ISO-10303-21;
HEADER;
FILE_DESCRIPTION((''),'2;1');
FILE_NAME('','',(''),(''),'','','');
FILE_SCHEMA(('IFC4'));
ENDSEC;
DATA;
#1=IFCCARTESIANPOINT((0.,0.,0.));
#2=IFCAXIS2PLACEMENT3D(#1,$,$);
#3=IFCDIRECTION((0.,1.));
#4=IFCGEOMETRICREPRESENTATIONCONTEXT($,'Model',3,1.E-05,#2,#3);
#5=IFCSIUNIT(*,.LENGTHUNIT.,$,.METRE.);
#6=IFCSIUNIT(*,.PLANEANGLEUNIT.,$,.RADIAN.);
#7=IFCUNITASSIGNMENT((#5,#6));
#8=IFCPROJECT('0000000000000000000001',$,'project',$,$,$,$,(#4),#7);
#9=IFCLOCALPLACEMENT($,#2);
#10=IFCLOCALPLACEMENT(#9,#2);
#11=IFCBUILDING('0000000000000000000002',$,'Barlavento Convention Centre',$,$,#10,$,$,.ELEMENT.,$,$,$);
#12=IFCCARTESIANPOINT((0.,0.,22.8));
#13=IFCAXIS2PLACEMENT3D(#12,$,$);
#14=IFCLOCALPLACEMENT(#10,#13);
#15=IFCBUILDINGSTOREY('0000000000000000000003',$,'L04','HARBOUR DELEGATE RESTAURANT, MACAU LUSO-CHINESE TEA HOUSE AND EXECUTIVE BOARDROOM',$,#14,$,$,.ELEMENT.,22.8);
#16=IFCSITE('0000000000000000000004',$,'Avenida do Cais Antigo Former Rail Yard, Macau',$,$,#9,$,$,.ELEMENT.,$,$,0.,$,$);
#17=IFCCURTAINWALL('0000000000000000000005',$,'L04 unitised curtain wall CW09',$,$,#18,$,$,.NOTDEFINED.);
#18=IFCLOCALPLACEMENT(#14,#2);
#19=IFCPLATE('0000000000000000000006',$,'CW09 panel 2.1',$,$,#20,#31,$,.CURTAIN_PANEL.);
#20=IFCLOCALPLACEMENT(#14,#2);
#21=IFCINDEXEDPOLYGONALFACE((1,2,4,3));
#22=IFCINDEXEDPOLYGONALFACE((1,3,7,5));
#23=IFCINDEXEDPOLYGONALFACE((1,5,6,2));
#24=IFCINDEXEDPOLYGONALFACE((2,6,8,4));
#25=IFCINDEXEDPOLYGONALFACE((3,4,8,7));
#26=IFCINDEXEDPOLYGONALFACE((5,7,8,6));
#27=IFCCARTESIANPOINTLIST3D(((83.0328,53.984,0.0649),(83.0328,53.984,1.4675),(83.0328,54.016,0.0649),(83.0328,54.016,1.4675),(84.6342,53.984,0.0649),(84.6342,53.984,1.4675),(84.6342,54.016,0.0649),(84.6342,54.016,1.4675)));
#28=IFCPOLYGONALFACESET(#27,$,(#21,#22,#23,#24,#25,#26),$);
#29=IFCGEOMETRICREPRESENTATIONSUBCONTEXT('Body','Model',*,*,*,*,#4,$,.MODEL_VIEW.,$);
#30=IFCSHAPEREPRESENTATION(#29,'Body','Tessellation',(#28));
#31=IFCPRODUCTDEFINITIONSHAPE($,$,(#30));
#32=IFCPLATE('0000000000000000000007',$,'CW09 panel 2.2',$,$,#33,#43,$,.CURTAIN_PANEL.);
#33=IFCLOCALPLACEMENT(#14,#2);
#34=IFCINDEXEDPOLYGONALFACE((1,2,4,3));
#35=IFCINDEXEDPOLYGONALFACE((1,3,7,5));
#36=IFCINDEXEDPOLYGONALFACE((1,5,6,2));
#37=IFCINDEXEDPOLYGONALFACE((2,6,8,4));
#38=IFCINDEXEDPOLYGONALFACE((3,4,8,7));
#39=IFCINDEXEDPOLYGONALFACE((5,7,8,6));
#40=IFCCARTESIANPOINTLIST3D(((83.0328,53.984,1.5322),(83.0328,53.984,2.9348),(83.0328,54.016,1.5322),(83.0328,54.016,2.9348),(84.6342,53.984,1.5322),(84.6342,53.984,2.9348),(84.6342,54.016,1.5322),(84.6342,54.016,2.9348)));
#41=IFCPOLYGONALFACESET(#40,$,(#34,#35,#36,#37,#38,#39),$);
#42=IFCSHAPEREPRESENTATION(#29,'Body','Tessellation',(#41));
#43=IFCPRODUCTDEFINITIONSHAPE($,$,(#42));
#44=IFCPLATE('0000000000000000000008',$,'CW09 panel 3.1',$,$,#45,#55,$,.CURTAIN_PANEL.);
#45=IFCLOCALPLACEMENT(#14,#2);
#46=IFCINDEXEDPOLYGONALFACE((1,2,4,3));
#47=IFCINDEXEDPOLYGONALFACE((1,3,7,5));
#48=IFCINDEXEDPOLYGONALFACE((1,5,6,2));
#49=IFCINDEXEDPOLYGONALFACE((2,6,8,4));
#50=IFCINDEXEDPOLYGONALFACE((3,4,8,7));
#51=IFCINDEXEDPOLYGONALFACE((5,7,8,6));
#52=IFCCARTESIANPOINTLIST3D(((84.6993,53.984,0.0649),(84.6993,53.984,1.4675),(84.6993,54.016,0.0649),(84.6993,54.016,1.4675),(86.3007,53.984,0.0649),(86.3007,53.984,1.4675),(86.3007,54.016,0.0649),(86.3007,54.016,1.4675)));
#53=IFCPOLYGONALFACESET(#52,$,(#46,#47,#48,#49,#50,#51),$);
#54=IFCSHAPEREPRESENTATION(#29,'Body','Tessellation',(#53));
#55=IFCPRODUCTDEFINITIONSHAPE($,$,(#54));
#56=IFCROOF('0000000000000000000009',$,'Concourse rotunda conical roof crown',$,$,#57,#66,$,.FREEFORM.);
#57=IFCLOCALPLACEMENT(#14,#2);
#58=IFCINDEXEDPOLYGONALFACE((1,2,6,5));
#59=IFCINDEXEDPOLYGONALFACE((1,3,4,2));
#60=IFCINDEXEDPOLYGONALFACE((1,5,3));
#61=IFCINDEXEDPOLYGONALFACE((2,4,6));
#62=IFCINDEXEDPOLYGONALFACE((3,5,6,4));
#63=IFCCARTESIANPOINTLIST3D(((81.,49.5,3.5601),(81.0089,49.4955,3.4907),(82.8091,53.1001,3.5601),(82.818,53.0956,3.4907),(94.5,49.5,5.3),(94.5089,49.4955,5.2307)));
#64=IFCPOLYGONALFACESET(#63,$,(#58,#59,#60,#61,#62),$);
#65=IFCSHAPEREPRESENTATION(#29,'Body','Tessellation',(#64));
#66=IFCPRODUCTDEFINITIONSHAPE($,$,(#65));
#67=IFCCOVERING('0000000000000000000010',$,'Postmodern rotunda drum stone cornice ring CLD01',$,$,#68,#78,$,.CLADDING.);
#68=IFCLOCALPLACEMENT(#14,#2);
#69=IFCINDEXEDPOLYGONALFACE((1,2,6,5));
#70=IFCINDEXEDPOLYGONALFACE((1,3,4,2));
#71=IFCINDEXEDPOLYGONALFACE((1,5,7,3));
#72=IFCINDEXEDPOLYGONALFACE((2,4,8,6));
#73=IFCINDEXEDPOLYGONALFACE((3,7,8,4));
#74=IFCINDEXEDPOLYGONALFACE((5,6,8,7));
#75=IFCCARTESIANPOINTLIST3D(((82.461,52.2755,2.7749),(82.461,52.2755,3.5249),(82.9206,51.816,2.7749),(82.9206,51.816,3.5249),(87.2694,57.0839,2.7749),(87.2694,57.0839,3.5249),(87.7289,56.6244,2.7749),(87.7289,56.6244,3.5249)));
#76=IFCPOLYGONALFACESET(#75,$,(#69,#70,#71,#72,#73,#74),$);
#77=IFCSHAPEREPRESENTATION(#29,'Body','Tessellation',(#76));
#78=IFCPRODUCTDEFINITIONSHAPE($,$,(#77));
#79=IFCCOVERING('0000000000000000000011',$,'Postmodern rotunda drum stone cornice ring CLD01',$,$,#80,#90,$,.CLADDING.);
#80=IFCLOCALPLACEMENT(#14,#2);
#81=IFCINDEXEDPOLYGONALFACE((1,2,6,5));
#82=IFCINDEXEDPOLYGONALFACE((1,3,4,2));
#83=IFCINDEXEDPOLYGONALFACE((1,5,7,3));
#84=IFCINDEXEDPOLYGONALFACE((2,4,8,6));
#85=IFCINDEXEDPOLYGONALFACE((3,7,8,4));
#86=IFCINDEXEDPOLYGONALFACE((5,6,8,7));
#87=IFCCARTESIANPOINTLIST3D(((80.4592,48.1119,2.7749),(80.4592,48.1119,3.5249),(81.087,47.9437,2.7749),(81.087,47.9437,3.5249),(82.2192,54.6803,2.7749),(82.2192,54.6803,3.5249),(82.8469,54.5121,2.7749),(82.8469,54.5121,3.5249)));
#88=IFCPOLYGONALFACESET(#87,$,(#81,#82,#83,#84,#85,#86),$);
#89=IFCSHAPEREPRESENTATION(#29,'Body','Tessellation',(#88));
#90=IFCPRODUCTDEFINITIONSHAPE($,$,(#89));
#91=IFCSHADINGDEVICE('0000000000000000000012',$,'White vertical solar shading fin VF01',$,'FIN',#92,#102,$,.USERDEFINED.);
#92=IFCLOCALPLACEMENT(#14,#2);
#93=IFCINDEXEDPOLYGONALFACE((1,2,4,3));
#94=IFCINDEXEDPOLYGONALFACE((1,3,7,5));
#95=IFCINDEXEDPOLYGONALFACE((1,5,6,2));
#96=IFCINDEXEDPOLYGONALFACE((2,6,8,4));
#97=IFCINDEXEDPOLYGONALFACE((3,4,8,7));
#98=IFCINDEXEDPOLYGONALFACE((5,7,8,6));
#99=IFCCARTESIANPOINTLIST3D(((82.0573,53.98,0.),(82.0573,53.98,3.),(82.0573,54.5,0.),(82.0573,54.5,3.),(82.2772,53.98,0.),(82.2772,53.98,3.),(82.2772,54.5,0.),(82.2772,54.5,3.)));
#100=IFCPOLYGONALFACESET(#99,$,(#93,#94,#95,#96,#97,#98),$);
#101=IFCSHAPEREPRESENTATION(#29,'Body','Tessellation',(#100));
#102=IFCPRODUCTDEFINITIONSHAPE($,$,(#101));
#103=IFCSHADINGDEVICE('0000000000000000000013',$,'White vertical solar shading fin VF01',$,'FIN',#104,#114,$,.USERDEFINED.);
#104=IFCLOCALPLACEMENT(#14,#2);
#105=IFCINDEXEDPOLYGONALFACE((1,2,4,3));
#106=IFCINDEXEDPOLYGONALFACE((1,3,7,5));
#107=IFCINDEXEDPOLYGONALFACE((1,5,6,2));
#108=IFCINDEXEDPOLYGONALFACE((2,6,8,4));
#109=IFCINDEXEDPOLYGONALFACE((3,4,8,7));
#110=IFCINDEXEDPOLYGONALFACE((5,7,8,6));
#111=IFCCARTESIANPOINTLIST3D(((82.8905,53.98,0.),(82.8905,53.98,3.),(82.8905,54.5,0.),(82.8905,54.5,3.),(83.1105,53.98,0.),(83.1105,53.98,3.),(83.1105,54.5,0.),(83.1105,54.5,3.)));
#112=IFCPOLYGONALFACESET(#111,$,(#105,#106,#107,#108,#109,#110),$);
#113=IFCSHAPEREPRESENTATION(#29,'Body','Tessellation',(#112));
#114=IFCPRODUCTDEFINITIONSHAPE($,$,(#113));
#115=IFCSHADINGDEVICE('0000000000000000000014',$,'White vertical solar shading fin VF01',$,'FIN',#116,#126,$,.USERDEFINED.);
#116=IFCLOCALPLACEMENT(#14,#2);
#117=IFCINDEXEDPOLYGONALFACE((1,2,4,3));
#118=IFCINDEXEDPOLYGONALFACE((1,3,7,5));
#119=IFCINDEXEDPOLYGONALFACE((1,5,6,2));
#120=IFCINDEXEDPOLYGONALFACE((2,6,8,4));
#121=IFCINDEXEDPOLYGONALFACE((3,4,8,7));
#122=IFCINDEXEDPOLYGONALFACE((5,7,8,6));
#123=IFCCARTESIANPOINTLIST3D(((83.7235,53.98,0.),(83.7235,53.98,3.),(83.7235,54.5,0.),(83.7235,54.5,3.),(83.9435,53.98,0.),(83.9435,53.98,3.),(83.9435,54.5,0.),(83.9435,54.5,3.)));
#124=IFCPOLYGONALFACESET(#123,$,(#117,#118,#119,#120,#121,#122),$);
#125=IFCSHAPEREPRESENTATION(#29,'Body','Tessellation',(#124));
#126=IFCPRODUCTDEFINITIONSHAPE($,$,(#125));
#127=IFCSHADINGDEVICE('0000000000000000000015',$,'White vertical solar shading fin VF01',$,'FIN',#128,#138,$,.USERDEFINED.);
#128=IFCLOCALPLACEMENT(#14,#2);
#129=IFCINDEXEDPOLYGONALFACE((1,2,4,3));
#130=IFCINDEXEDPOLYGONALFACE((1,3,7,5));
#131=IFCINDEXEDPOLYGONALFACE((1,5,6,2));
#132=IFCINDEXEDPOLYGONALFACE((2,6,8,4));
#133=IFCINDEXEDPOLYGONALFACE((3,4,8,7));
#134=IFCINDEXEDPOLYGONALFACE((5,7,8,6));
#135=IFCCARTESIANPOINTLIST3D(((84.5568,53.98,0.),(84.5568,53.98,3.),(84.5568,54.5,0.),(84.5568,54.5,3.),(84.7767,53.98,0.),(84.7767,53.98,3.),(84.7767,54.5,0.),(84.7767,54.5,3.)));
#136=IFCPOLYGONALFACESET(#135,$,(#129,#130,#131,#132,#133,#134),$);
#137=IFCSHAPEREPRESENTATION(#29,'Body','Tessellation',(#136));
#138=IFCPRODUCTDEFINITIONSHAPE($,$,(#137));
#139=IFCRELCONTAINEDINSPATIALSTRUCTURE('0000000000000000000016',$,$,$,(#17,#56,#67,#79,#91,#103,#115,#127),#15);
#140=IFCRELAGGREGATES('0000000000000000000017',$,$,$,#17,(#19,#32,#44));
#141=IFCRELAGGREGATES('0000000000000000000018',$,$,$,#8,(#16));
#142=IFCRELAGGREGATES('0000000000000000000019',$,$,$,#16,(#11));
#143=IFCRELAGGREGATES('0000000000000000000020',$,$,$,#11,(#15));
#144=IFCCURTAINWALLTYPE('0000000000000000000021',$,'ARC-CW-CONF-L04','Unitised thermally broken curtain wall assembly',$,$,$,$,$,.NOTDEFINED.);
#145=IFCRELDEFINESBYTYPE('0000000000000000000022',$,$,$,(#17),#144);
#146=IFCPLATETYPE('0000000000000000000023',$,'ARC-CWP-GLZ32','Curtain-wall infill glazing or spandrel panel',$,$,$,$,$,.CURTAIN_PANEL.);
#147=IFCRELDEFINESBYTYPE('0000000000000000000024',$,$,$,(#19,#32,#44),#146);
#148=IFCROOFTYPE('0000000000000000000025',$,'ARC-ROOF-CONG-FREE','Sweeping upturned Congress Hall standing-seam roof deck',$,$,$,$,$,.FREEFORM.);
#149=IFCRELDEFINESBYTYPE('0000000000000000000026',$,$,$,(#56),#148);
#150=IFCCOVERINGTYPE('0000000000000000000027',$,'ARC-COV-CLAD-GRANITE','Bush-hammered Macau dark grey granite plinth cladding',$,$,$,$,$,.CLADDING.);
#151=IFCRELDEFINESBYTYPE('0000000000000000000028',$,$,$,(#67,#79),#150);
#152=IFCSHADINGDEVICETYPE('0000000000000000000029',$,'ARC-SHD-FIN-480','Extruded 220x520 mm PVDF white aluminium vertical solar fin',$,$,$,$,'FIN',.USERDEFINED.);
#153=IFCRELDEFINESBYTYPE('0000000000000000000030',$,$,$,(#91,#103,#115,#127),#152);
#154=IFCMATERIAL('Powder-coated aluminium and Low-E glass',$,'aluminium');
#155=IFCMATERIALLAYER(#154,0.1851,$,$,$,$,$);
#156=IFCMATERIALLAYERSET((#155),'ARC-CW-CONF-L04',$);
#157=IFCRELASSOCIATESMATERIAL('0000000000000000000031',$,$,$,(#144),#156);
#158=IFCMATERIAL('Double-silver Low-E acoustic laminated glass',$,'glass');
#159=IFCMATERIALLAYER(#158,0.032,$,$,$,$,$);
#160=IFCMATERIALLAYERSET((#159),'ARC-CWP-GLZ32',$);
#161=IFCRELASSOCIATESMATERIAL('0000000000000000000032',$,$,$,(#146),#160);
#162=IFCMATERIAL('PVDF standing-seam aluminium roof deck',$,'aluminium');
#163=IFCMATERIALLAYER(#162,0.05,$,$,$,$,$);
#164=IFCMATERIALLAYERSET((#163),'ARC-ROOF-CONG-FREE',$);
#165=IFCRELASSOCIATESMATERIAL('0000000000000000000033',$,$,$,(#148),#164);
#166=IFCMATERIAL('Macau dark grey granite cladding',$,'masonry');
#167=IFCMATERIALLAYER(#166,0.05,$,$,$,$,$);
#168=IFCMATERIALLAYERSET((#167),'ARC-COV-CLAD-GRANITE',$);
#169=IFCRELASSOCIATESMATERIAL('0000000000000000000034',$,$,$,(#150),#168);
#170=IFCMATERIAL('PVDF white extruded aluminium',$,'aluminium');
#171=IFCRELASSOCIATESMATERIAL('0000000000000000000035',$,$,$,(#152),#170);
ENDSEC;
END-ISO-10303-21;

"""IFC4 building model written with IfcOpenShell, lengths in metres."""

from ifc_helpers import new_model, si_unit, direction, frame, origin, origin_2d, place, context, subcontext, project, spatial, polyline, rectangle, outline, extrude, material, layer, layer_set, type_object, element, aggregate, save


model = new_model("IFC4")

# Units and contexts
model_context = context("Model", 3, precision=1e-05, world=origin(), true_north=direction((0.0, 1.0)))
body_context = subcontext(model_context, "Body", "Model", "MODEL_VIEW")
ifc_project = project(units=[si_unit("LENGTHUNIT", "METRE"), si_unit("PLANEANGLEUNIT", "RADIAN")], contexts=[model_context])

# Site, building, storey
site_placement = place(None, origin())
site = spatial("IfcSite", under=ifc_project, at=site_placement, Name="Avenida do Cais Antigo Former Rail Yard, Macau", CompositionType="ELEMENT", RefElevation=0.0)
building_placement = place(site_placement, origin())
building = spatial("IfcBuilding", under=site, at=building_placement, Name="Barlavento Convention Centre", CompositionType="ELEMENT")
storey_placement = place(building_placement, frame((0.0, 0.0, 22.8)))
storey = spatial("IfcBuildingStorey", under=building, at=storey_placement, Name="L04", Description="HARBOUR DELEGATE RESTAURANT, MACAU LUSO-CHINESE TEA HOUSE AND EXECUTIVE BOARDROOM", CompositionType="ELEMENT", Elevation=22.8)

# Curtain wall, plates
ifc_material_1 = material(Name="Powder-coated aluminium and Low-E glass", Category="aluminium")
ifc_layer_1 = layer(ifc_material_1, 0.1851)
ifc_layer_set_1 = layer_set([ifc_layer_1], Name="ARC-CW-CONF-L04")
curtain_wall_type = type_object("IfcCurtainWallType", Name="ARC-CW-CONF-L04", Description="Unitised thermally broken curtain wall assembly", PredefinedType="NOTDEFINED", material=ifc_layer_set_1)
curtain_wall_placement = place(storey_placement, origin())
curtain_wall = element("IfcCurtainWall", 1, at=curtain_wall_placement, inside=storey, type_object=curtain_wall_type, Name="L04 unitised curtain wall CW09", PredefinedType="NOTDEFINED")
ifc_material_2 = material(Name="Double-silver Low-E acoustic laminated glass", Category="glass")
ifc_layer_2 = layer(ifc_material_2, 0.032)
ifc_layer_set_2 = layer_set([ifc_layer_2], Name="ARC-CWP-GLZ32")
plate_type = type_object("IfcPlateType", Name="ARC-CWP-GLZ32", Description="Curtain-wall infill glazing or spandrel panel", PredefinedType="CURTAIN_PANEL", material=ifc_layer_set_2)
plate_1_placement = place(storey_placement, frame((83.8335, 54.0, 0.0649), z_axis=(0.0, 0.0, 1.0), x_axis=(1.0, 0.0, 0.0)))
plate_1 = element("IfcPlate", 2, at=plate_1_placement, type_object=plate_type, Name="CW09 panel 2.1", PredefinedType="CURTAIN_PANEL", context=body_context, shape_type="SweptSolid", body=[
    extrude(rectangle(XDim=1.6013, YDim=0.032, at=origin_2d()), origin(), (0.0, 0.0, 1.0), 1.4026),
])
plate_2_placement = place(storey_placement, frame((83.8335, 54.0, 1.5322), z_axis=(0.0, 0.0, 1.0), x_axis=(1.0, 0.0, 0.0)))
plate_2 = element("IfcPlate", 3, at=plate_2_placement, type_object=plate_type, Name="CW09 panel 2.2", PredefinedType="CURTAIN_PANEL", context=body_context, shape_type="SweptSolid", body=[
    extrude(rectangle(XDim=1.6013, YDim=0.032, at=origin_2d()), origin(), (0.0, 0.0, 1.0), 1.4026),
])
plate_3_placement = place(storey_placement, frame((85.5, 54.0, 0.0649), z_axis=(0.0, 0.0, 1.0), x_axis=(1.0, 0.0, 0.0)))
plate_3 = element("IfcPlate", 4, at=plate_3_placement, type_object=plate_type, Name="CW09 panel 3.1", PredefinedType="CURTAIN_PANEL", context=body_context, shape_type="SweptSolid", body=[
    extrude(rectangle(XDim=1.6013, YDim=0.032, at=origin_2d()), origin(), (0.0, 0.0, 1.0), 1.4026),
])
aggregate(curtain_wall, [plate_1, plate_2, plate_3])

# Roof
ifc_material_3 = material(Name="PVDF standing-seam aluminium roof deck", Category="aluminium")
ifc_layer_3 = layer(ifc_material_3, 0.05)
ifc_layer_set_3 = layer_set([ifc_layer_3], Name="ARC-ROOF-CONG-FREE")
roof_type = type_object("IfcRoofType", Name="ARC-ROOF-CONG-FREE", Description="Sweeping upturned Congress Hall standing-seam roof deck", PredefinedType="FREEFORM", material=ifc_layer_set_3)
roof_placement = place(storey_placement, frame((82.8091, 53.1001, 3.5601), z_axis=(-0.127568, 0.064104, 0.989756), x_axis=(-0.449006, -0.893529, 0.0)))
element("IfcRoof", 5, at=roof_placement, inside=storey, type_object=roof_type, Name="Concourse rotunda conical roof crown", PredefinedType="FREEFORM", context=body_context, shape_type="SweptSolid", body=[
    extrude(outline(polyline([(0.0, 0.0), (4.0291, 0.0), (-2.0325, 12.1875), (0.0, 0.0)])), origin(), (0.0, 0.0, -1.0), 0.0701),
])

# Coverings
ifc_material_4 = material(Name="Macau dark grey granite cladding", Category="masonry")
ifc_layer_4 = layer(ifc_material_4, 0.05)
ifc_layer_set_4 = layer_set([ifc_layer_4], Name="ARC-COV-CLAD-GRANITE")
covering_type = type_object("IfcCoveringType", Name="ARC-COV-CLAD-GRANITE", Description="Bush-hammered Macau dark grey granite plinth cladding", PredefinedType="CLADDING", material=ifc_layer_set_4)
for number, where, z_axis, x_axis, name in (
    (6, (85.095, 54.45, 2.7749), (0.0, 0.0, 1.0), (-0.707107, -0.707107, 0.0), "Postmodern rotunda drum stone cornice ring CLD01"),
    (7, (81.6531, 51.312, 2.7749), (0.0, 0.0, 1.0), (-0.258819, -0.965926, 0.0), "Postmodern rotunda drum stone cornice ring CLD01"),
):
    element("IfcCovering", number, at=place(storey_placement, frame(where, z_axis=z_axis, x_axis=x_axis)), inside=storey, type_object=covering_type, Name=name, PredefinedType="CLADDING", context=body_context, shape_type="SweptSolid", body=[
        extrude(rectangle(XDim=6.8, YDim=0.6499, at=origin_2d()), origin(), (0.0, 0.0, 1.0), 0.75),
    ])

# Shading devices
ifc_material_5 = material(Name="PVDF white extruded aluminium", Category="aluminium")
shading_device_type = type_object("IfcShadingDeviceType", Name="ARC-SHD-FIN-480", Description="Extruded 220x520 mm PVDF white aluminium vertical solar fin", ElementType="FIN", PredefinedType="USERDEFINED", material=ifc_material_5)
for number, where, z_axis, x_axis, name in (
    (8, (82.1672, 54.24, 0.0), (0.0, 0.0, 1.0), (1.0, 0.0, 0.0), "White vertical solar shading fin VF01"),
    (9, (83.0005, 54.24, 0.0), (0.0, 0.0, 1.0), (1.0, 0.0, 0.0), "White vertical solar shading fin VF01"),
    (10, (83.8335, 54.24, 0.0), (0.0, 0.0, 1.0), (1.0, 0.0, 0.0), "White vertical solar shading fin VF01"),
    (11, (84.6667, 54.24, 0.0), (0.0, 0.0, 1.0), (1.0, 0.0, 0.0), "White vertical solar shading fin VF01"),
):
    element("IfcShadingDevice", number, at=place(storey_placement, frame(where, z_axis=z_axis, x_axis=x_axis)), inside=storey, type_object=shading_device_type, Name=name, ObjectType="FIN", PredefinedType="USERDEFINED", context=body_context, shape_type="SweptSolid", body=[
        extrude(rectangle(XDim=0.22, YDim=0.52, at=origin_2d()), origin(), (0.0, 0.0, 1.0), 3.0),
    ])

save(model, "model.ifc")
